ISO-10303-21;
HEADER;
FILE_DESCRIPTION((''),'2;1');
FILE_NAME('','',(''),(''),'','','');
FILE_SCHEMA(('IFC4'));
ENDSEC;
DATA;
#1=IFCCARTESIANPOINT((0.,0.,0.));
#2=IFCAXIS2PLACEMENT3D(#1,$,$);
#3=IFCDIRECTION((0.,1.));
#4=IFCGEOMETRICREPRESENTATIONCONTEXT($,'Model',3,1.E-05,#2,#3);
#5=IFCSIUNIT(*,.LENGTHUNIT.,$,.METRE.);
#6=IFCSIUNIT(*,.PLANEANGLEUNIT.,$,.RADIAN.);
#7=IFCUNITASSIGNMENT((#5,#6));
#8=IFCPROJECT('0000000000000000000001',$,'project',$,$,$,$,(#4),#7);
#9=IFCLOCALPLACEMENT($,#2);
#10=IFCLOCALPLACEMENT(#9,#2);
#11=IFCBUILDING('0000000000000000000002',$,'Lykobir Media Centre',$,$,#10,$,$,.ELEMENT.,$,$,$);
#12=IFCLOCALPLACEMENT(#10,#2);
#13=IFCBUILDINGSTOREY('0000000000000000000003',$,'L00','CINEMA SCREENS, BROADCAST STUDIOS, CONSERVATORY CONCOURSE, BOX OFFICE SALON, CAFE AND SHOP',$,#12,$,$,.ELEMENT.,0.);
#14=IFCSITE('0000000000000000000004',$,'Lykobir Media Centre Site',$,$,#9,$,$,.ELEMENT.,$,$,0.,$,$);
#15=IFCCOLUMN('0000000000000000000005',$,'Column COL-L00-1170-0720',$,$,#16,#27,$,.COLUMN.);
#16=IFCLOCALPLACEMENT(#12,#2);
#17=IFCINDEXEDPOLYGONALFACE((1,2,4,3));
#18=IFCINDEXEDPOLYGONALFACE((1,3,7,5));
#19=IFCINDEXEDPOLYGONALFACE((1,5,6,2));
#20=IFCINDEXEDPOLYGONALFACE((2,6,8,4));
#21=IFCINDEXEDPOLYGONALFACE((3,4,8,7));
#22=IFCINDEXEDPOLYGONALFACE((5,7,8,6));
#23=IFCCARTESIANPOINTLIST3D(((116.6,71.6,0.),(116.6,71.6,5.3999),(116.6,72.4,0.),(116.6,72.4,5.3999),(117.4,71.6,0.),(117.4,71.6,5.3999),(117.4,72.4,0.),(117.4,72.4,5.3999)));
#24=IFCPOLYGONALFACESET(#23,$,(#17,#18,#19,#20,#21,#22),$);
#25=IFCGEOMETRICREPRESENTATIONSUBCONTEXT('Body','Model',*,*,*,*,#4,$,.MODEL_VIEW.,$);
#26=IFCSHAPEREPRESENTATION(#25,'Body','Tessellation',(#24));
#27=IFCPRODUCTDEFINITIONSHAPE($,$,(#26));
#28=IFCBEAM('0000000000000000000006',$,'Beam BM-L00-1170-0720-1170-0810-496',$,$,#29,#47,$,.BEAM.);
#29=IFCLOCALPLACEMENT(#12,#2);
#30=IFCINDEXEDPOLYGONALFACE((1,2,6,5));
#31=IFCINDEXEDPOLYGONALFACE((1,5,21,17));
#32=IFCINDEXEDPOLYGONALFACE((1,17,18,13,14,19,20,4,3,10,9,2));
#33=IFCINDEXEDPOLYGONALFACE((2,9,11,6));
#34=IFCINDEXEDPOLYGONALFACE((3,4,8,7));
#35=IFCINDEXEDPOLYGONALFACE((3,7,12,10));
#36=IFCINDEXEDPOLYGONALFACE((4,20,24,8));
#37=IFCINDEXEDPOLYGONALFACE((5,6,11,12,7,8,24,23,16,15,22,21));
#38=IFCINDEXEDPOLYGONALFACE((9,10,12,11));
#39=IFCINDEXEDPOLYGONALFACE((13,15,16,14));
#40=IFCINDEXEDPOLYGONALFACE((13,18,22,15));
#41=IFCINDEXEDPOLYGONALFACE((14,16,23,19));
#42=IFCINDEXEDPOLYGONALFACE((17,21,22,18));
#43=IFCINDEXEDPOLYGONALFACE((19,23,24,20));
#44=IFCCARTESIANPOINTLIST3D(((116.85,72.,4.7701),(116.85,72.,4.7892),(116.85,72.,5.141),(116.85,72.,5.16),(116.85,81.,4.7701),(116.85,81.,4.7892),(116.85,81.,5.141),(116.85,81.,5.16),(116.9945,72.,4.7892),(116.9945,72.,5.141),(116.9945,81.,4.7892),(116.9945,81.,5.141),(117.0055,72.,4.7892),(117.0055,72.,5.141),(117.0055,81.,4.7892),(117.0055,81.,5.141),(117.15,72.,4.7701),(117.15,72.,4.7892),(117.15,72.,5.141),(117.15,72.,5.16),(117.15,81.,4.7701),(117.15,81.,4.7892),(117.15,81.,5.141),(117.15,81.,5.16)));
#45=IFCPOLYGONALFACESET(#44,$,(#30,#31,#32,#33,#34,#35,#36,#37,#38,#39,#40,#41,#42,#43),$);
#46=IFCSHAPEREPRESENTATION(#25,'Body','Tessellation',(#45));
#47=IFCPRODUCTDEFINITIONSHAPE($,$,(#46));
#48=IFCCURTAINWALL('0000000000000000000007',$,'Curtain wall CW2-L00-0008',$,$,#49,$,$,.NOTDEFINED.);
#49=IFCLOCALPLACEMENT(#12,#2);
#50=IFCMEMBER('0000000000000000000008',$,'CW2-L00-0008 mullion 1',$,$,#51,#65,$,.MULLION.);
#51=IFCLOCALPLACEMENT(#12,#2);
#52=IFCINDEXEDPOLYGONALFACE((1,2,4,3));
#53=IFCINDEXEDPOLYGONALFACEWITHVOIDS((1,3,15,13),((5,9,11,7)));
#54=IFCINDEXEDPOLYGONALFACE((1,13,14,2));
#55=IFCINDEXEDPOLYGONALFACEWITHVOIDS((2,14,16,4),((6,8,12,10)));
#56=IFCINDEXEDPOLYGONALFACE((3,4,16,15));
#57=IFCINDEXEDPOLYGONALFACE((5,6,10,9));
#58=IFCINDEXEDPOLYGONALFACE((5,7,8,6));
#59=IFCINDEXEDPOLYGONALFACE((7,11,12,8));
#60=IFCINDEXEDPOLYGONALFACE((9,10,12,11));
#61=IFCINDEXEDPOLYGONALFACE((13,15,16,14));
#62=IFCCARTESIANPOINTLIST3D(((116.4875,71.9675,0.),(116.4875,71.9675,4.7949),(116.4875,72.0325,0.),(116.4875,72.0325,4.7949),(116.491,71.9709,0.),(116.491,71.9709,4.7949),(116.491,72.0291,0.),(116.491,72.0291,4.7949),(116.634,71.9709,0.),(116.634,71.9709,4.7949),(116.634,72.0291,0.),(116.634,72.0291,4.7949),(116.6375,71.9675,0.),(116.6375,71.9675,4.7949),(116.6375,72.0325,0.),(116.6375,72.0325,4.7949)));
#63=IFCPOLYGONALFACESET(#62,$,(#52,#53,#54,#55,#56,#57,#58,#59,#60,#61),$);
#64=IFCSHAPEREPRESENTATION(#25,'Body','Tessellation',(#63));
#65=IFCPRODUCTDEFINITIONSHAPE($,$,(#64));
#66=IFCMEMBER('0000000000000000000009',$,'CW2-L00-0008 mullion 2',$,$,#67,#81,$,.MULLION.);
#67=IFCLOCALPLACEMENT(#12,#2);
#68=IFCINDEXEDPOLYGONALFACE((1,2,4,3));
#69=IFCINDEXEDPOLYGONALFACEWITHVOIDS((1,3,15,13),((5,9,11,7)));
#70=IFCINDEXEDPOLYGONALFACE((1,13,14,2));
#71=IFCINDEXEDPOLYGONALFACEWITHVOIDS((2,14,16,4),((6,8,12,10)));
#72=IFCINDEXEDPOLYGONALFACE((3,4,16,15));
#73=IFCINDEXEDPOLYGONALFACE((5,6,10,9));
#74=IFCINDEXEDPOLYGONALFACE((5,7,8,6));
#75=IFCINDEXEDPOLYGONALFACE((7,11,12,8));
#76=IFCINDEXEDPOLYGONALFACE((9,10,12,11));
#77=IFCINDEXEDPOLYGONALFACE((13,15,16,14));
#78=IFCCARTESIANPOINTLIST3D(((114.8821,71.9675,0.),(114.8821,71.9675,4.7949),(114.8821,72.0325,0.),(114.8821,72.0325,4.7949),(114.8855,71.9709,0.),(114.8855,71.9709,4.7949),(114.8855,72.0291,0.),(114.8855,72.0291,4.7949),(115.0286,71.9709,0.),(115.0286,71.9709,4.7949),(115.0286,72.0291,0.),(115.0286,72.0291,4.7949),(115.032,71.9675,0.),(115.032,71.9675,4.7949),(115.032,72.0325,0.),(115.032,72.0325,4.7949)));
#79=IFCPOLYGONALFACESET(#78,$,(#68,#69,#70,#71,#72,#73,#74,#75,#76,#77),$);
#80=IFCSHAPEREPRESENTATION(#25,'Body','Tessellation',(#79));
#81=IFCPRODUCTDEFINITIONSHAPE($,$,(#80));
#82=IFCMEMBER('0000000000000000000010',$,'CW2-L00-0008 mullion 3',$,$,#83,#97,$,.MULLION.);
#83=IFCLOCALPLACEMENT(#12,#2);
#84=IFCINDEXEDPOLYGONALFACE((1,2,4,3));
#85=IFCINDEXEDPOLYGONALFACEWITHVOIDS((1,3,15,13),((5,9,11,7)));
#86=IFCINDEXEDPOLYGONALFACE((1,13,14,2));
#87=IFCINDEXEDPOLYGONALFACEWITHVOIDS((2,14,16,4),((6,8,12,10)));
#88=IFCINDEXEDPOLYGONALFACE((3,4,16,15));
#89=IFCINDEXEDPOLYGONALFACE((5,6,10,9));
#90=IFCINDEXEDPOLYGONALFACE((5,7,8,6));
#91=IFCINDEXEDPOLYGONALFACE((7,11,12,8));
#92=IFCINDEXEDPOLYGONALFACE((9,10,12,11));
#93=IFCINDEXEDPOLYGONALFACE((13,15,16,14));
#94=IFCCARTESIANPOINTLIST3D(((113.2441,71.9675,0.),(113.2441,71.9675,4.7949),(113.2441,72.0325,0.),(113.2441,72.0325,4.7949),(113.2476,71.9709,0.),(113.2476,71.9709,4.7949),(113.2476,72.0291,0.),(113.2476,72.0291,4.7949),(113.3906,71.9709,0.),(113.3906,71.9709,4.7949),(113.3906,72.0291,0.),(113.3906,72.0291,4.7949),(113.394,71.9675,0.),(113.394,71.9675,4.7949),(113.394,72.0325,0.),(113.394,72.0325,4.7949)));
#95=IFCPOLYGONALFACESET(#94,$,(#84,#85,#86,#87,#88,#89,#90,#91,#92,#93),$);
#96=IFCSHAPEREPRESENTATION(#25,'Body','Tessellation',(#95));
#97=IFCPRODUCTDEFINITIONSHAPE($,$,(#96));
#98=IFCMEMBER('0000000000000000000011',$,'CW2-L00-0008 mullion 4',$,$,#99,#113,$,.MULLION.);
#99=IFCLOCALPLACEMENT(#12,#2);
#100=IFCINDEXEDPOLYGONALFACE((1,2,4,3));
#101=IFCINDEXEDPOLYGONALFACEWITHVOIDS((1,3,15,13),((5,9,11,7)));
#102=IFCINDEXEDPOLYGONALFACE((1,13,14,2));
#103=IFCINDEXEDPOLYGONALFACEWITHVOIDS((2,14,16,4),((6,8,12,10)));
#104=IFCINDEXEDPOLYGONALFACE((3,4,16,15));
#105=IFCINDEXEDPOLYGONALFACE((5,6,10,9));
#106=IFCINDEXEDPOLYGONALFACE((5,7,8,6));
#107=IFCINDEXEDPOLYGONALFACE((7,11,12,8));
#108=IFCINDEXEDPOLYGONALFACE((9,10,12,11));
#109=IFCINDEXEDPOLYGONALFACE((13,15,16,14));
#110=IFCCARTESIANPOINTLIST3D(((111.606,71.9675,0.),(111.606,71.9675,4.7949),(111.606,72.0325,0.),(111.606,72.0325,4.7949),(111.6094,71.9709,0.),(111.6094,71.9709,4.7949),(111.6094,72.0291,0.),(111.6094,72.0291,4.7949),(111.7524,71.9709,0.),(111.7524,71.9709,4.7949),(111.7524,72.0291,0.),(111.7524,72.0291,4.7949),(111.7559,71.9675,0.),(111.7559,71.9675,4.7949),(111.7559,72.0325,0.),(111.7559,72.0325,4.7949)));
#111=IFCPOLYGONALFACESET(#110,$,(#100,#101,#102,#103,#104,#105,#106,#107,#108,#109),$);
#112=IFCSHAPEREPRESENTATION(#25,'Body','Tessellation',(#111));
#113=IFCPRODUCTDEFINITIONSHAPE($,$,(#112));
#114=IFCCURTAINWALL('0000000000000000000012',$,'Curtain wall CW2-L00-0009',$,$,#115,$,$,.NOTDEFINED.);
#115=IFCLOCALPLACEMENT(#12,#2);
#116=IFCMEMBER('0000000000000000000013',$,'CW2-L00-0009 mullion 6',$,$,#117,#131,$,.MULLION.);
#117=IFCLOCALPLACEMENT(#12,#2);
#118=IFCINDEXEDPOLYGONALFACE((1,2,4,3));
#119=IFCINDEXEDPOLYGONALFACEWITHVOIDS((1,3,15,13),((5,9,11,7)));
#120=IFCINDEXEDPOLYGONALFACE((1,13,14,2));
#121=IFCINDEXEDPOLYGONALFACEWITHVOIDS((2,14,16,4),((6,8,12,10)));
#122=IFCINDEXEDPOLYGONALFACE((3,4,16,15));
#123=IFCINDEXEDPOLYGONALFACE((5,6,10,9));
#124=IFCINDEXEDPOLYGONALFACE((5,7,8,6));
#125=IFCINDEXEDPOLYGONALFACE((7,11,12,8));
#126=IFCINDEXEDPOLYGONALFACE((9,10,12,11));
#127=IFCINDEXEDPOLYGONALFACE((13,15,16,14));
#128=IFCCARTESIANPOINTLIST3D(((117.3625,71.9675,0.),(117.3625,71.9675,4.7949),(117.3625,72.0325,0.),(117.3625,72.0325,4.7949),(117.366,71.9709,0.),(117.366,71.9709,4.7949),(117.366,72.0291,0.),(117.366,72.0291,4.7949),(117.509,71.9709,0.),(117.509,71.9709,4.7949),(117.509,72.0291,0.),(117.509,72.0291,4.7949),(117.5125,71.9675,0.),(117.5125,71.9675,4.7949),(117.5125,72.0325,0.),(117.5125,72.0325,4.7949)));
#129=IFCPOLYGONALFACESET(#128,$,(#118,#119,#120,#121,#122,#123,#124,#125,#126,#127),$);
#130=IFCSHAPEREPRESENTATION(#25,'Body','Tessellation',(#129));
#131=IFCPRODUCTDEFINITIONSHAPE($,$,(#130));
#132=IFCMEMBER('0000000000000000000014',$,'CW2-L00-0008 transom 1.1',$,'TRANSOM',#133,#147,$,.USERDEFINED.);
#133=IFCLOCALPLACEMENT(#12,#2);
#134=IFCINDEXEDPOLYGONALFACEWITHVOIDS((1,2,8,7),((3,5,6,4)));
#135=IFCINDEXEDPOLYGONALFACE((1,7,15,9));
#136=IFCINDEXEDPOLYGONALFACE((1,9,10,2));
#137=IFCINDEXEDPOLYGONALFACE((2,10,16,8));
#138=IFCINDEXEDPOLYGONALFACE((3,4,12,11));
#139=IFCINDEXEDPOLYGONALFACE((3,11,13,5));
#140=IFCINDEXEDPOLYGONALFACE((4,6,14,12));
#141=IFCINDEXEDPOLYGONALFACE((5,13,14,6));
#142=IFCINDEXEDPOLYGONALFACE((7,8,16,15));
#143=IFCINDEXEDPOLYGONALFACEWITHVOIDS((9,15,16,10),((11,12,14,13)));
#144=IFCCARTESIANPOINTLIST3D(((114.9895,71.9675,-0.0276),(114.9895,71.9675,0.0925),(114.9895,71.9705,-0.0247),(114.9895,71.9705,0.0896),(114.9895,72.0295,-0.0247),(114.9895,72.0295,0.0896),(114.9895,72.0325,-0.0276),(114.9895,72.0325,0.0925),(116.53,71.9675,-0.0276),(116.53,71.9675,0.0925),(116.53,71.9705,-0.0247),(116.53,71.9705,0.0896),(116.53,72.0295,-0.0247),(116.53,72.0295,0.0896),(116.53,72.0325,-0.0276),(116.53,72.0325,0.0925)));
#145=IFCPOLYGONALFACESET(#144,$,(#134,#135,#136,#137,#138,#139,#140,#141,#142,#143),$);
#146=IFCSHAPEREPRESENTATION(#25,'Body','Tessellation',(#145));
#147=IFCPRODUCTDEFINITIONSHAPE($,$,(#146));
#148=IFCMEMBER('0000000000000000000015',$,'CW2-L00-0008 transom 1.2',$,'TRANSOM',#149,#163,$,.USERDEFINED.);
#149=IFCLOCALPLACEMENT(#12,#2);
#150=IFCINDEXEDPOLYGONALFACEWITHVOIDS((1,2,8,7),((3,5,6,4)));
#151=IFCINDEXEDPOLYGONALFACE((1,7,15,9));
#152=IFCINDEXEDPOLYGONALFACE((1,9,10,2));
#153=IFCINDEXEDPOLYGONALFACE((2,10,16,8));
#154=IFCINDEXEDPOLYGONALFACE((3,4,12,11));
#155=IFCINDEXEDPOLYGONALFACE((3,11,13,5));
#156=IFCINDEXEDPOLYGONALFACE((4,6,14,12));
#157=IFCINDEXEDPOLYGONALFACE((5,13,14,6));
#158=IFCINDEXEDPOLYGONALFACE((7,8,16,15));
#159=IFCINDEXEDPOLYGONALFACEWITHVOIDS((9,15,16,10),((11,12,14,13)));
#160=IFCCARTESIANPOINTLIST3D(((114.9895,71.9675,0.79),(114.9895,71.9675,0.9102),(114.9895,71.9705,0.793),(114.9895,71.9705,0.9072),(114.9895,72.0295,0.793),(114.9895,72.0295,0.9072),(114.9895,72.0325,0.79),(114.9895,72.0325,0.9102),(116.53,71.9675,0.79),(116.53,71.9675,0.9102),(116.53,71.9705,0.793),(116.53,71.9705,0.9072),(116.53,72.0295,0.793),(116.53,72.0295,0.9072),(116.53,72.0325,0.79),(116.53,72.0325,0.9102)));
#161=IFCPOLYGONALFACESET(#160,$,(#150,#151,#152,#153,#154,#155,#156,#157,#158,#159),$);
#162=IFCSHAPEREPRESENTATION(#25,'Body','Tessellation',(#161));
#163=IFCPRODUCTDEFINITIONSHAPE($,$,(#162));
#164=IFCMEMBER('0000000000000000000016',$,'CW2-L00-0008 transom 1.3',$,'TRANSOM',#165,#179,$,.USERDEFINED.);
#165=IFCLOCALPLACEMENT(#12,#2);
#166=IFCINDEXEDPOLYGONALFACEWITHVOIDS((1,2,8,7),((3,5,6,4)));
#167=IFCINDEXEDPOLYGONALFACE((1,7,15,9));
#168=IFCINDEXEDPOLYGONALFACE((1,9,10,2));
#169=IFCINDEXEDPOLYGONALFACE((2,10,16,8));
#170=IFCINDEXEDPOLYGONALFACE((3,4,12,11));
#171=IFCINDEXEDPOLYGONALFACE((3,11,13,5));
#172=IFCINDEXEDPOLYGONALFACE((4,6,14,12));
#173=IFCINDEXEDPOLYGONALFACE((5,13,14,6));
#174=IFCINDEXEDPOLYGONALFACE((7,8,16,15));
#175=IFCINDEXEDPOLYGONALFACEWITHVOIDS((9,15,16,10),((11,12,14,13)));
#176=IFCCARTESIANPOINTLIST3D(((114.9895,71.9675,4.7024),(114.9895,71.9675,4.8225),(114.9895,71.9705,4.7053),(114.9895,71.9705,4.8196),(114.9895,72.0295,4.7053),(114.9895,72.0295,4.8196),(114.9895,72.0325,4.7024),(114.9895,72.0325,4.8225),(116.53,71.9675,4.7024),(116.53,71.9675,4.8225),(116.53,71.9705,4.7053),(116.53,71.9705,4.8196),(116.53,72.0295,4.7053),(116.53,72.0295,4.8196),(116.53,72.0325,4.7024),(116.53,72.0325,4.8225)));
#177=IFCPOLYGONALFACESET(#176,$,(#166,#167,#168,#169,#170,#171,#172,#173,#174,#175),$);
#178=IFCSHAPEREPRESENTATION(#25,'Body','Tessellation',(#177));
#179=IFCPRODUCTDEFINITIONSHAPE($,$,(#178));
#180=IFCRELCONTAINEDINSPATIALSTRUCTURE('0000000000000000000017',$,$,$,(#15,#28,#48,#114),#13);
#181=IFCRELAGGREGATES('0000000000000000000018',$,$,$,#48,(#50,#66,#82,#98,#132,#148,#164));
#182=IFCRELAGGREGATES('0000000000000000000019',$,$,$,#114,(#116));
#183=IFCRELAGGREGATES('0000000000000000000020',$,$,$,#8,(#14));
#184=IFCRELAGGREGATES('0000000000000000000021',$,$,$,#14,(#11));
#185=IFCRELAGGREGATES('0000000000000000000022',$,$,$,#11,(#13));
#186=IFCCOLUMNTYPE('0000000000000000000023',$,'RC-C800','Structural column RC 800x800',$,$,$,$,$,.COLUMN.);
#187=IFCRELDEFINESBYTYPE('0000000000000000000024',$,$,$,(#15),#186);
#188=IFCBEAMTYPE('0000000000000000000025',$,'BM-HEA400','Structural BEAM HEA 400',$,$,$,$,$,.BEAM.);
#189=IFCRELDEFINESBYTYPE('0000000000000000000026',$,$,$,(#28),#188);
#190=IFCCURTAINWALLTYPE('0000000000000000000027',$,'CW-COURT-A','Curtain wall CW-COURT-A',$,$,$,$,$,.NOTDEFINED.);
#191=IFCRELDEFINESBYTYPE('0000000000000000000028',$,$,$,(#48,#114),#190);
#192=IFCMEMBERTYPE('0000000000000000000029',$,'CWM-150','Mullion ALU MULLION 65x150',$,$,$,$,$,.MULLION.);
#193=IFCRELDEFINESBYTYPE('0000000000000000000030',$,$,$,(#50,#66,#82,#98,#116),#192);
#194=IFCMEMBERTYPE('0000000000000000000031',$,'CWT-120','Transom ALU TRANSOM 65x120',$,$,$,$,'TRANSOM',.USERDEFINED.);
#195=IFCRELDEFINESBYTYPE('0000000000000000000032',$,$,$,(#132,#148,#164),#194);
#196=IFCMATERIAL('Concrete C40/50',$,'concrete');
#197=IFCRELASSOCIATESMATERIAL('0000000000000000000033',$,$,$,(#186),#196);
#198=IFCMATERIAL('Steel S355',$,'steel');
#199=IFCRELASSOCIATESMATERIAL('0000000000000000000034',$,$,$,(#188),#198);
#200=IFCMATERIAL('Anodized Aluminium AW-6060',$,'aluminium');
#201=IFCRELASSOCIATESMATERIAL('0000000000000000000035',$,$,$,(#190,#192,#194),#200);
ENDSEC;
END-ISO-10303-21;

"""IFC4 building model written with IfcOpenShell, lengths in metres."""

from ifc_helpers import new_model, si_unit, direction, frame, origin, origin_2d, place, context, subcontext, project, spatial, rectangle, hollow_rectangle, i_section, extrude, material, material_profile, profile_set, type_object, element, aggregate, save


model = new_model("IFC4")

# Units and contexts
model_context = context("Model", 3, precision=1e-05, world=origin(), true_north=direction((0.0, 1.0)))
body_context = subcontext(model_context, "Body", "Model", "MODEL_VIEW")
ifc_project = project(units=[si_unit("LENGTHUNIT", "METRE"), si_unit("PLANEANGLEUNIT", "RADIAN")], contexts=[model_context])

# Site, building, storey
site_placement = place(None, origin())
site = spatial("IfcSite", under=ifc_project, at=site_placement, Name="Lykobir Media Centre Site", CompositionType="ELEMENT", RefElevation=0.0)
building_placement = place(site_placement, origin())
building = spatial("IfcBuilding", under=site, at=building_placement, Name="Lykobir Media Centre", CompositionType="ELEMENT")
storey_placement = place(building_placement, origin())
storey = spatial("IfcBuildingStorey", under=building, at=storey_placement, Name="L00", Description="CINEMA SCREENS, BROADCAST STUDIOS, CONSERVATORY CONCOURSE, BOX OFFICE SALON, CAFE AND SHOP", CompositionType="ELEMENT", Elevation=0.0)

# Column
ifc_material_1 = material(Name="Concrete C40/50", Category="concrete")
ifc_material_profile_1 = material_profile(ifc_material_1, rectangle(XDim=0.8, YDim=0.8, at=origin_2d()), Name="RC 800x800")
ifc_profile_set_1 = profile_set([ifc_material_profile_1], Name="Concrete C40/50")
column_type = type_object("IfcColumnType", Name="RC-C800", Description="Structural column RC 800x800", PredefinedType="COLUMN", material=ifc_profile_set_1)
column_placement = place(storey_placement, frame((117.0, 72.0, 0.0), z_axis=(0.0, 0.0, 1.0), x_axis=(1.0, 0.0, 0.0)))
element("IfcColumn", 1, at=column_placement, inside=storey, type_object=column_type, Name="Column COL-L00-1170-0720", PredefinedType="COLUMN", context=body_context, shape_type="SweptSolid", body=[
    extrude(rectangle(XDim=0.8, YDim=0.8, at=origin_2d()), origin(), (0.0, 0.0, 1.0), 5.3999),
])

# Beam
ifc_material_2 = material(Name="Steel S355", Category="steel")
ifc_material_profile_2 = material_profile(ifc_material_2, i_section(OverallWidth=0.3, OverallDepth=0.3899, WebThickness=0.011, FlangeThickness=0.019, at=origin_2d()), Name="HEA 400")
ifc_profile_set_2 = profile_set([ifc_material_profile_2], Name="Steel S355")
beam_type_1 = type_object("IfcBeamType", Name="BM-HEA400", Description="Structural BEAM HEA 400", PredefinedType="BEAM", material=ifc_profile_set_2)
beam_1_placement = place(storey_placement, frame((117.0, 72.0, 4.9651), z_axis=(0.0, 1.0, 0.0), x_axis=(-1.0, 0.0, 0.0)))
element("IfcBeam", 2, at=beam_1_placement, inside=storey, type_object=beam_type_1, Name="Beam BM-L00-1170-0720-1170-0810-496", PredefinedType="BEAM", context=body_context, shape_type="SweptSolid", body=[
    extrude(i_section(OverallWidth=0.3, OverallDepth=0.3899, WebThickness=0.011, FlangeThickness=0.019, at=origin_2d()), origin(), (0.0, 0.0, 1.0), 9.0),
])

# Curtain wall, members
ifc_material_3 = material(Name="Anodized Aluminium AW-6060", Category="aluminium")
curtain_wall_type = type_object("IfcCurtainWallType", Name="CW-COURT-A", Description="Curtain wall CW-COURT-A", PredefinedType="NOTDEFINED", material=ifc_material_3)
curtain_wall_1_placement = place(storey_placement, origin())
curtain_wall_1 = element("IfcCurtainWall", 3, at=curtain_wall_1_placement, inside=storey, type_object=curtain_wall_type, Name="Curtain wall CW2-L00-0008", PredefinedType="NOTDEFINED")
ifc_material_profile_3 = material_profile(ifc_material_3, hollow_rectangle(XDim=0.0649, YDim=0.1499, WallThickness=0.0034, at=origin_2d()), Name="ALU MULLION 65x150")
ifc_profile_set_3 = profile_set([ifc_material_profile_3], Name="Anodized Aluminium AW-6060")
member_type_1 = type_object("IfcMemberType", Name="CWM-150", Description="Mullion ALU MULLION 65x150", PredefinedType="MULLION", material=ifc_profile_set_3)
member_1_placement = place(storey_placement, frame((116.5625, 72.0, 0.0), z_axis=(0.0, 0.0, 1.0), x_axis=(0.0, -1.0, 0.0)))
member_1 = element("IfcMember", 4, at=member_1_placement, type_object=member_type_1, Name="CW2-L00-0008 mullion 1", PredefinedType="MULLION", context=body_context, shape_type="SweptSolid", body=[
    extrude(hollow_rectangle(XDim=0.0649, YDim=0.1499, WallThickness=0.0034, at=origin_2d()), origin(), (0.0, 0.0, 1.0), 4.7949),
])
member_2_placement = place(storey_placement, frame((114.957, 72.0, 0.0), z_axis=(0.0, 0.0, 1.0), x_axis=(0.0, -1.0, 0.0)))
member_2 = element("IfcMember", 5, at=member_2_placement, type_object=member_type_1, Name="CW2-L00-0008 mullion 2", PredefinedType="MULLION", context=body_context, shape_type="SweptSolid", body=[
    extrude(hollow_rectangle(XDim=0.0649, YDim=0.1499, WallThickness=0.0034, at=origin_2d()), origin(), (0.0, 0.0, 1.0), 4.7949),
])
member_3_placement = place(storey_placement, frame((113.3191, 72.0, 0.0), z_axis=(0.0, 0.0, 1.0), x_axis=(0.0, -1.0, 0.0)))
member_3 = element("IfcMember", 6, at=member_3_placement, type_object=member_type_1, Name="CW2-L00-0008 mullion 3", PredefinedType="MULLION", context=body_context, shape_type="SweptSolid", body=[
    extrude(hollow_rectangle(XDim=0.0649, YDim=0.1499, WallThickness=0.0034, at=origin_2d()), origin(), (0.0, 0.0, 1.0), 4.7949),
])
member_4_placement = place(storey_placement, frame((111.6809, 72.0, 0.0), z_axis=(0.0, 0.0, 1.0), x_axis=(0.0, -1.0, 0.0)))
member_4 = element("IfcMember", 7, at=member_4_placement, type_object=member_type_1, Name="CW2-L00-0008 mullion 4", PredefinedType="MULLION", context=body_context, shape_type="SweptSolid", body=[
    extrude(hollow_rectangle(XDim=0.0649, YDim=0.1499, WallThickness=0.0034, at=origin_2d()), origin(), (0.0, 0.0, 1.0), 4.7949),
])

# Curtain wall, member
curtain_wall_2_placement = place(storey_placement, origin())
curtain_wall_2 = element("IfcCurtainWall", 8, at=curtain_wall_2_placement, inside=storey, type_object=curtain_wall_type, Name="Curtain wall CW2-L00-0009", PredefinedType="NOTDEFINED")
member_5_placement = place(storey_placement, frame((117.4375, 72.0, 0.0), z_axis=(0.0, 0.0, 1.0), x_axis=(0.0, -1.0, 0.0)))
member_5 = element("IfcMember", 9, at=member_5_placement, type_object=member_type_1, Name="CW2-L00-0009 mullion 6", PredefinedType="MULLION", context=body_context, shape_type="SweptSolid", body=[
    extrude(hollow_rectangle(XDim=0.0649, YDim=0.1499, WallThickness=0.0034, at=origin_2d()), origin(), (0.0, 0.0, 1.0), 4.7949),
])

# Members
ifc_material_profile_4 = material_profile(ifc_material_3, hollow_rectangle(XDim=0.0649, YDim=0.1201, WallThickness=0.0029, at=origin_2d()), Name="ALU TRANSOM 65x120")
ifc_profile_set_4 = profile_set([ifc_material_profile_4], Name="Anodized Aluminium AW-6060")
member_type_2 = type_object("IfcMemberType", Name="CWT-120", Description="Transom ALU TRANSOM 65x120", ElementType="TRANSOM", PredefinedType="USERDEFINED", material=ifc_profile_set_4)
member_6_placement = place(storey_placement, frame((116.53, 72.0, 0.0325), z_axis=(-1.0, 0.0, 0.0), x_axis=(0.0, -1.0, 0.0)))
member_6 = element("IfcMember", 10, at=member_6_placement, type_object=member_type_2, Name="CW2-L00-0008 transom 1.1", ObjectType="TRANSOM", PredefinedType="USERDEFINED", context=body_context, shape_type="SweptSolid", body=[
    extrude(hollow_rectangle(XDim=0.0649, YDim=0.1201, WallThickness=0.0029, at=origin_2d()), origin(), (0.0, 0.0, 1.0), 1.5405),
])
member_7_placement = place(storey_placement, frame((116.53, 72.0, 0.8501), z_axis=(-1.0, 0.0, 0.0), x_axis=(0.0, -1.0, 0.0)))
member_7 = element("IfcMember", 11, at=member_7_placement, type_object=member_type_2, Name="CW2-L00-0008 transom 1.2", ObjectType="TRANSOM", PredefinedType="USERDEFINED", context=body_context, shape_type="SweptSolid", body=[
    extrude(hollow_rectangle(XDim=0.0649, YDim=0.1201, WallThickness=0.0029, at=origin_2d()), origin(), (0.0, 0.0, 1.0), 1.5405),
])
member_8_placement = place(storey_placement, frame((116.53, 72.0, 4.7625), z_axis=(-1.0, 0.0, 0.0), x_axis=(0.0, -1.0, 0.0)))
member_8 = element("IfcMember", 12, at=member_8_placement, type_object=member_type_2, Name="CW2-L00-0008 transom 1.3", ObjectType="TRANSOM", PredefinedType="USERDEFINED", context=body_context, shape_type="SweptSolid", body=[
    extrude(hollow_rectangle(XDim=0.0649, YDim=0.1201, WallThickness=0.0029, at=origin_2d()), origin(), (0.0, 0.0, 1.0), 1.5405),
])

aggregate(curtain_wall_1, [member_1, member_2, member_3, member_4, member_6, member_7, member_8])
aggregate(curtain_wall_2, [member_5])

save(model, "model.ifc")
